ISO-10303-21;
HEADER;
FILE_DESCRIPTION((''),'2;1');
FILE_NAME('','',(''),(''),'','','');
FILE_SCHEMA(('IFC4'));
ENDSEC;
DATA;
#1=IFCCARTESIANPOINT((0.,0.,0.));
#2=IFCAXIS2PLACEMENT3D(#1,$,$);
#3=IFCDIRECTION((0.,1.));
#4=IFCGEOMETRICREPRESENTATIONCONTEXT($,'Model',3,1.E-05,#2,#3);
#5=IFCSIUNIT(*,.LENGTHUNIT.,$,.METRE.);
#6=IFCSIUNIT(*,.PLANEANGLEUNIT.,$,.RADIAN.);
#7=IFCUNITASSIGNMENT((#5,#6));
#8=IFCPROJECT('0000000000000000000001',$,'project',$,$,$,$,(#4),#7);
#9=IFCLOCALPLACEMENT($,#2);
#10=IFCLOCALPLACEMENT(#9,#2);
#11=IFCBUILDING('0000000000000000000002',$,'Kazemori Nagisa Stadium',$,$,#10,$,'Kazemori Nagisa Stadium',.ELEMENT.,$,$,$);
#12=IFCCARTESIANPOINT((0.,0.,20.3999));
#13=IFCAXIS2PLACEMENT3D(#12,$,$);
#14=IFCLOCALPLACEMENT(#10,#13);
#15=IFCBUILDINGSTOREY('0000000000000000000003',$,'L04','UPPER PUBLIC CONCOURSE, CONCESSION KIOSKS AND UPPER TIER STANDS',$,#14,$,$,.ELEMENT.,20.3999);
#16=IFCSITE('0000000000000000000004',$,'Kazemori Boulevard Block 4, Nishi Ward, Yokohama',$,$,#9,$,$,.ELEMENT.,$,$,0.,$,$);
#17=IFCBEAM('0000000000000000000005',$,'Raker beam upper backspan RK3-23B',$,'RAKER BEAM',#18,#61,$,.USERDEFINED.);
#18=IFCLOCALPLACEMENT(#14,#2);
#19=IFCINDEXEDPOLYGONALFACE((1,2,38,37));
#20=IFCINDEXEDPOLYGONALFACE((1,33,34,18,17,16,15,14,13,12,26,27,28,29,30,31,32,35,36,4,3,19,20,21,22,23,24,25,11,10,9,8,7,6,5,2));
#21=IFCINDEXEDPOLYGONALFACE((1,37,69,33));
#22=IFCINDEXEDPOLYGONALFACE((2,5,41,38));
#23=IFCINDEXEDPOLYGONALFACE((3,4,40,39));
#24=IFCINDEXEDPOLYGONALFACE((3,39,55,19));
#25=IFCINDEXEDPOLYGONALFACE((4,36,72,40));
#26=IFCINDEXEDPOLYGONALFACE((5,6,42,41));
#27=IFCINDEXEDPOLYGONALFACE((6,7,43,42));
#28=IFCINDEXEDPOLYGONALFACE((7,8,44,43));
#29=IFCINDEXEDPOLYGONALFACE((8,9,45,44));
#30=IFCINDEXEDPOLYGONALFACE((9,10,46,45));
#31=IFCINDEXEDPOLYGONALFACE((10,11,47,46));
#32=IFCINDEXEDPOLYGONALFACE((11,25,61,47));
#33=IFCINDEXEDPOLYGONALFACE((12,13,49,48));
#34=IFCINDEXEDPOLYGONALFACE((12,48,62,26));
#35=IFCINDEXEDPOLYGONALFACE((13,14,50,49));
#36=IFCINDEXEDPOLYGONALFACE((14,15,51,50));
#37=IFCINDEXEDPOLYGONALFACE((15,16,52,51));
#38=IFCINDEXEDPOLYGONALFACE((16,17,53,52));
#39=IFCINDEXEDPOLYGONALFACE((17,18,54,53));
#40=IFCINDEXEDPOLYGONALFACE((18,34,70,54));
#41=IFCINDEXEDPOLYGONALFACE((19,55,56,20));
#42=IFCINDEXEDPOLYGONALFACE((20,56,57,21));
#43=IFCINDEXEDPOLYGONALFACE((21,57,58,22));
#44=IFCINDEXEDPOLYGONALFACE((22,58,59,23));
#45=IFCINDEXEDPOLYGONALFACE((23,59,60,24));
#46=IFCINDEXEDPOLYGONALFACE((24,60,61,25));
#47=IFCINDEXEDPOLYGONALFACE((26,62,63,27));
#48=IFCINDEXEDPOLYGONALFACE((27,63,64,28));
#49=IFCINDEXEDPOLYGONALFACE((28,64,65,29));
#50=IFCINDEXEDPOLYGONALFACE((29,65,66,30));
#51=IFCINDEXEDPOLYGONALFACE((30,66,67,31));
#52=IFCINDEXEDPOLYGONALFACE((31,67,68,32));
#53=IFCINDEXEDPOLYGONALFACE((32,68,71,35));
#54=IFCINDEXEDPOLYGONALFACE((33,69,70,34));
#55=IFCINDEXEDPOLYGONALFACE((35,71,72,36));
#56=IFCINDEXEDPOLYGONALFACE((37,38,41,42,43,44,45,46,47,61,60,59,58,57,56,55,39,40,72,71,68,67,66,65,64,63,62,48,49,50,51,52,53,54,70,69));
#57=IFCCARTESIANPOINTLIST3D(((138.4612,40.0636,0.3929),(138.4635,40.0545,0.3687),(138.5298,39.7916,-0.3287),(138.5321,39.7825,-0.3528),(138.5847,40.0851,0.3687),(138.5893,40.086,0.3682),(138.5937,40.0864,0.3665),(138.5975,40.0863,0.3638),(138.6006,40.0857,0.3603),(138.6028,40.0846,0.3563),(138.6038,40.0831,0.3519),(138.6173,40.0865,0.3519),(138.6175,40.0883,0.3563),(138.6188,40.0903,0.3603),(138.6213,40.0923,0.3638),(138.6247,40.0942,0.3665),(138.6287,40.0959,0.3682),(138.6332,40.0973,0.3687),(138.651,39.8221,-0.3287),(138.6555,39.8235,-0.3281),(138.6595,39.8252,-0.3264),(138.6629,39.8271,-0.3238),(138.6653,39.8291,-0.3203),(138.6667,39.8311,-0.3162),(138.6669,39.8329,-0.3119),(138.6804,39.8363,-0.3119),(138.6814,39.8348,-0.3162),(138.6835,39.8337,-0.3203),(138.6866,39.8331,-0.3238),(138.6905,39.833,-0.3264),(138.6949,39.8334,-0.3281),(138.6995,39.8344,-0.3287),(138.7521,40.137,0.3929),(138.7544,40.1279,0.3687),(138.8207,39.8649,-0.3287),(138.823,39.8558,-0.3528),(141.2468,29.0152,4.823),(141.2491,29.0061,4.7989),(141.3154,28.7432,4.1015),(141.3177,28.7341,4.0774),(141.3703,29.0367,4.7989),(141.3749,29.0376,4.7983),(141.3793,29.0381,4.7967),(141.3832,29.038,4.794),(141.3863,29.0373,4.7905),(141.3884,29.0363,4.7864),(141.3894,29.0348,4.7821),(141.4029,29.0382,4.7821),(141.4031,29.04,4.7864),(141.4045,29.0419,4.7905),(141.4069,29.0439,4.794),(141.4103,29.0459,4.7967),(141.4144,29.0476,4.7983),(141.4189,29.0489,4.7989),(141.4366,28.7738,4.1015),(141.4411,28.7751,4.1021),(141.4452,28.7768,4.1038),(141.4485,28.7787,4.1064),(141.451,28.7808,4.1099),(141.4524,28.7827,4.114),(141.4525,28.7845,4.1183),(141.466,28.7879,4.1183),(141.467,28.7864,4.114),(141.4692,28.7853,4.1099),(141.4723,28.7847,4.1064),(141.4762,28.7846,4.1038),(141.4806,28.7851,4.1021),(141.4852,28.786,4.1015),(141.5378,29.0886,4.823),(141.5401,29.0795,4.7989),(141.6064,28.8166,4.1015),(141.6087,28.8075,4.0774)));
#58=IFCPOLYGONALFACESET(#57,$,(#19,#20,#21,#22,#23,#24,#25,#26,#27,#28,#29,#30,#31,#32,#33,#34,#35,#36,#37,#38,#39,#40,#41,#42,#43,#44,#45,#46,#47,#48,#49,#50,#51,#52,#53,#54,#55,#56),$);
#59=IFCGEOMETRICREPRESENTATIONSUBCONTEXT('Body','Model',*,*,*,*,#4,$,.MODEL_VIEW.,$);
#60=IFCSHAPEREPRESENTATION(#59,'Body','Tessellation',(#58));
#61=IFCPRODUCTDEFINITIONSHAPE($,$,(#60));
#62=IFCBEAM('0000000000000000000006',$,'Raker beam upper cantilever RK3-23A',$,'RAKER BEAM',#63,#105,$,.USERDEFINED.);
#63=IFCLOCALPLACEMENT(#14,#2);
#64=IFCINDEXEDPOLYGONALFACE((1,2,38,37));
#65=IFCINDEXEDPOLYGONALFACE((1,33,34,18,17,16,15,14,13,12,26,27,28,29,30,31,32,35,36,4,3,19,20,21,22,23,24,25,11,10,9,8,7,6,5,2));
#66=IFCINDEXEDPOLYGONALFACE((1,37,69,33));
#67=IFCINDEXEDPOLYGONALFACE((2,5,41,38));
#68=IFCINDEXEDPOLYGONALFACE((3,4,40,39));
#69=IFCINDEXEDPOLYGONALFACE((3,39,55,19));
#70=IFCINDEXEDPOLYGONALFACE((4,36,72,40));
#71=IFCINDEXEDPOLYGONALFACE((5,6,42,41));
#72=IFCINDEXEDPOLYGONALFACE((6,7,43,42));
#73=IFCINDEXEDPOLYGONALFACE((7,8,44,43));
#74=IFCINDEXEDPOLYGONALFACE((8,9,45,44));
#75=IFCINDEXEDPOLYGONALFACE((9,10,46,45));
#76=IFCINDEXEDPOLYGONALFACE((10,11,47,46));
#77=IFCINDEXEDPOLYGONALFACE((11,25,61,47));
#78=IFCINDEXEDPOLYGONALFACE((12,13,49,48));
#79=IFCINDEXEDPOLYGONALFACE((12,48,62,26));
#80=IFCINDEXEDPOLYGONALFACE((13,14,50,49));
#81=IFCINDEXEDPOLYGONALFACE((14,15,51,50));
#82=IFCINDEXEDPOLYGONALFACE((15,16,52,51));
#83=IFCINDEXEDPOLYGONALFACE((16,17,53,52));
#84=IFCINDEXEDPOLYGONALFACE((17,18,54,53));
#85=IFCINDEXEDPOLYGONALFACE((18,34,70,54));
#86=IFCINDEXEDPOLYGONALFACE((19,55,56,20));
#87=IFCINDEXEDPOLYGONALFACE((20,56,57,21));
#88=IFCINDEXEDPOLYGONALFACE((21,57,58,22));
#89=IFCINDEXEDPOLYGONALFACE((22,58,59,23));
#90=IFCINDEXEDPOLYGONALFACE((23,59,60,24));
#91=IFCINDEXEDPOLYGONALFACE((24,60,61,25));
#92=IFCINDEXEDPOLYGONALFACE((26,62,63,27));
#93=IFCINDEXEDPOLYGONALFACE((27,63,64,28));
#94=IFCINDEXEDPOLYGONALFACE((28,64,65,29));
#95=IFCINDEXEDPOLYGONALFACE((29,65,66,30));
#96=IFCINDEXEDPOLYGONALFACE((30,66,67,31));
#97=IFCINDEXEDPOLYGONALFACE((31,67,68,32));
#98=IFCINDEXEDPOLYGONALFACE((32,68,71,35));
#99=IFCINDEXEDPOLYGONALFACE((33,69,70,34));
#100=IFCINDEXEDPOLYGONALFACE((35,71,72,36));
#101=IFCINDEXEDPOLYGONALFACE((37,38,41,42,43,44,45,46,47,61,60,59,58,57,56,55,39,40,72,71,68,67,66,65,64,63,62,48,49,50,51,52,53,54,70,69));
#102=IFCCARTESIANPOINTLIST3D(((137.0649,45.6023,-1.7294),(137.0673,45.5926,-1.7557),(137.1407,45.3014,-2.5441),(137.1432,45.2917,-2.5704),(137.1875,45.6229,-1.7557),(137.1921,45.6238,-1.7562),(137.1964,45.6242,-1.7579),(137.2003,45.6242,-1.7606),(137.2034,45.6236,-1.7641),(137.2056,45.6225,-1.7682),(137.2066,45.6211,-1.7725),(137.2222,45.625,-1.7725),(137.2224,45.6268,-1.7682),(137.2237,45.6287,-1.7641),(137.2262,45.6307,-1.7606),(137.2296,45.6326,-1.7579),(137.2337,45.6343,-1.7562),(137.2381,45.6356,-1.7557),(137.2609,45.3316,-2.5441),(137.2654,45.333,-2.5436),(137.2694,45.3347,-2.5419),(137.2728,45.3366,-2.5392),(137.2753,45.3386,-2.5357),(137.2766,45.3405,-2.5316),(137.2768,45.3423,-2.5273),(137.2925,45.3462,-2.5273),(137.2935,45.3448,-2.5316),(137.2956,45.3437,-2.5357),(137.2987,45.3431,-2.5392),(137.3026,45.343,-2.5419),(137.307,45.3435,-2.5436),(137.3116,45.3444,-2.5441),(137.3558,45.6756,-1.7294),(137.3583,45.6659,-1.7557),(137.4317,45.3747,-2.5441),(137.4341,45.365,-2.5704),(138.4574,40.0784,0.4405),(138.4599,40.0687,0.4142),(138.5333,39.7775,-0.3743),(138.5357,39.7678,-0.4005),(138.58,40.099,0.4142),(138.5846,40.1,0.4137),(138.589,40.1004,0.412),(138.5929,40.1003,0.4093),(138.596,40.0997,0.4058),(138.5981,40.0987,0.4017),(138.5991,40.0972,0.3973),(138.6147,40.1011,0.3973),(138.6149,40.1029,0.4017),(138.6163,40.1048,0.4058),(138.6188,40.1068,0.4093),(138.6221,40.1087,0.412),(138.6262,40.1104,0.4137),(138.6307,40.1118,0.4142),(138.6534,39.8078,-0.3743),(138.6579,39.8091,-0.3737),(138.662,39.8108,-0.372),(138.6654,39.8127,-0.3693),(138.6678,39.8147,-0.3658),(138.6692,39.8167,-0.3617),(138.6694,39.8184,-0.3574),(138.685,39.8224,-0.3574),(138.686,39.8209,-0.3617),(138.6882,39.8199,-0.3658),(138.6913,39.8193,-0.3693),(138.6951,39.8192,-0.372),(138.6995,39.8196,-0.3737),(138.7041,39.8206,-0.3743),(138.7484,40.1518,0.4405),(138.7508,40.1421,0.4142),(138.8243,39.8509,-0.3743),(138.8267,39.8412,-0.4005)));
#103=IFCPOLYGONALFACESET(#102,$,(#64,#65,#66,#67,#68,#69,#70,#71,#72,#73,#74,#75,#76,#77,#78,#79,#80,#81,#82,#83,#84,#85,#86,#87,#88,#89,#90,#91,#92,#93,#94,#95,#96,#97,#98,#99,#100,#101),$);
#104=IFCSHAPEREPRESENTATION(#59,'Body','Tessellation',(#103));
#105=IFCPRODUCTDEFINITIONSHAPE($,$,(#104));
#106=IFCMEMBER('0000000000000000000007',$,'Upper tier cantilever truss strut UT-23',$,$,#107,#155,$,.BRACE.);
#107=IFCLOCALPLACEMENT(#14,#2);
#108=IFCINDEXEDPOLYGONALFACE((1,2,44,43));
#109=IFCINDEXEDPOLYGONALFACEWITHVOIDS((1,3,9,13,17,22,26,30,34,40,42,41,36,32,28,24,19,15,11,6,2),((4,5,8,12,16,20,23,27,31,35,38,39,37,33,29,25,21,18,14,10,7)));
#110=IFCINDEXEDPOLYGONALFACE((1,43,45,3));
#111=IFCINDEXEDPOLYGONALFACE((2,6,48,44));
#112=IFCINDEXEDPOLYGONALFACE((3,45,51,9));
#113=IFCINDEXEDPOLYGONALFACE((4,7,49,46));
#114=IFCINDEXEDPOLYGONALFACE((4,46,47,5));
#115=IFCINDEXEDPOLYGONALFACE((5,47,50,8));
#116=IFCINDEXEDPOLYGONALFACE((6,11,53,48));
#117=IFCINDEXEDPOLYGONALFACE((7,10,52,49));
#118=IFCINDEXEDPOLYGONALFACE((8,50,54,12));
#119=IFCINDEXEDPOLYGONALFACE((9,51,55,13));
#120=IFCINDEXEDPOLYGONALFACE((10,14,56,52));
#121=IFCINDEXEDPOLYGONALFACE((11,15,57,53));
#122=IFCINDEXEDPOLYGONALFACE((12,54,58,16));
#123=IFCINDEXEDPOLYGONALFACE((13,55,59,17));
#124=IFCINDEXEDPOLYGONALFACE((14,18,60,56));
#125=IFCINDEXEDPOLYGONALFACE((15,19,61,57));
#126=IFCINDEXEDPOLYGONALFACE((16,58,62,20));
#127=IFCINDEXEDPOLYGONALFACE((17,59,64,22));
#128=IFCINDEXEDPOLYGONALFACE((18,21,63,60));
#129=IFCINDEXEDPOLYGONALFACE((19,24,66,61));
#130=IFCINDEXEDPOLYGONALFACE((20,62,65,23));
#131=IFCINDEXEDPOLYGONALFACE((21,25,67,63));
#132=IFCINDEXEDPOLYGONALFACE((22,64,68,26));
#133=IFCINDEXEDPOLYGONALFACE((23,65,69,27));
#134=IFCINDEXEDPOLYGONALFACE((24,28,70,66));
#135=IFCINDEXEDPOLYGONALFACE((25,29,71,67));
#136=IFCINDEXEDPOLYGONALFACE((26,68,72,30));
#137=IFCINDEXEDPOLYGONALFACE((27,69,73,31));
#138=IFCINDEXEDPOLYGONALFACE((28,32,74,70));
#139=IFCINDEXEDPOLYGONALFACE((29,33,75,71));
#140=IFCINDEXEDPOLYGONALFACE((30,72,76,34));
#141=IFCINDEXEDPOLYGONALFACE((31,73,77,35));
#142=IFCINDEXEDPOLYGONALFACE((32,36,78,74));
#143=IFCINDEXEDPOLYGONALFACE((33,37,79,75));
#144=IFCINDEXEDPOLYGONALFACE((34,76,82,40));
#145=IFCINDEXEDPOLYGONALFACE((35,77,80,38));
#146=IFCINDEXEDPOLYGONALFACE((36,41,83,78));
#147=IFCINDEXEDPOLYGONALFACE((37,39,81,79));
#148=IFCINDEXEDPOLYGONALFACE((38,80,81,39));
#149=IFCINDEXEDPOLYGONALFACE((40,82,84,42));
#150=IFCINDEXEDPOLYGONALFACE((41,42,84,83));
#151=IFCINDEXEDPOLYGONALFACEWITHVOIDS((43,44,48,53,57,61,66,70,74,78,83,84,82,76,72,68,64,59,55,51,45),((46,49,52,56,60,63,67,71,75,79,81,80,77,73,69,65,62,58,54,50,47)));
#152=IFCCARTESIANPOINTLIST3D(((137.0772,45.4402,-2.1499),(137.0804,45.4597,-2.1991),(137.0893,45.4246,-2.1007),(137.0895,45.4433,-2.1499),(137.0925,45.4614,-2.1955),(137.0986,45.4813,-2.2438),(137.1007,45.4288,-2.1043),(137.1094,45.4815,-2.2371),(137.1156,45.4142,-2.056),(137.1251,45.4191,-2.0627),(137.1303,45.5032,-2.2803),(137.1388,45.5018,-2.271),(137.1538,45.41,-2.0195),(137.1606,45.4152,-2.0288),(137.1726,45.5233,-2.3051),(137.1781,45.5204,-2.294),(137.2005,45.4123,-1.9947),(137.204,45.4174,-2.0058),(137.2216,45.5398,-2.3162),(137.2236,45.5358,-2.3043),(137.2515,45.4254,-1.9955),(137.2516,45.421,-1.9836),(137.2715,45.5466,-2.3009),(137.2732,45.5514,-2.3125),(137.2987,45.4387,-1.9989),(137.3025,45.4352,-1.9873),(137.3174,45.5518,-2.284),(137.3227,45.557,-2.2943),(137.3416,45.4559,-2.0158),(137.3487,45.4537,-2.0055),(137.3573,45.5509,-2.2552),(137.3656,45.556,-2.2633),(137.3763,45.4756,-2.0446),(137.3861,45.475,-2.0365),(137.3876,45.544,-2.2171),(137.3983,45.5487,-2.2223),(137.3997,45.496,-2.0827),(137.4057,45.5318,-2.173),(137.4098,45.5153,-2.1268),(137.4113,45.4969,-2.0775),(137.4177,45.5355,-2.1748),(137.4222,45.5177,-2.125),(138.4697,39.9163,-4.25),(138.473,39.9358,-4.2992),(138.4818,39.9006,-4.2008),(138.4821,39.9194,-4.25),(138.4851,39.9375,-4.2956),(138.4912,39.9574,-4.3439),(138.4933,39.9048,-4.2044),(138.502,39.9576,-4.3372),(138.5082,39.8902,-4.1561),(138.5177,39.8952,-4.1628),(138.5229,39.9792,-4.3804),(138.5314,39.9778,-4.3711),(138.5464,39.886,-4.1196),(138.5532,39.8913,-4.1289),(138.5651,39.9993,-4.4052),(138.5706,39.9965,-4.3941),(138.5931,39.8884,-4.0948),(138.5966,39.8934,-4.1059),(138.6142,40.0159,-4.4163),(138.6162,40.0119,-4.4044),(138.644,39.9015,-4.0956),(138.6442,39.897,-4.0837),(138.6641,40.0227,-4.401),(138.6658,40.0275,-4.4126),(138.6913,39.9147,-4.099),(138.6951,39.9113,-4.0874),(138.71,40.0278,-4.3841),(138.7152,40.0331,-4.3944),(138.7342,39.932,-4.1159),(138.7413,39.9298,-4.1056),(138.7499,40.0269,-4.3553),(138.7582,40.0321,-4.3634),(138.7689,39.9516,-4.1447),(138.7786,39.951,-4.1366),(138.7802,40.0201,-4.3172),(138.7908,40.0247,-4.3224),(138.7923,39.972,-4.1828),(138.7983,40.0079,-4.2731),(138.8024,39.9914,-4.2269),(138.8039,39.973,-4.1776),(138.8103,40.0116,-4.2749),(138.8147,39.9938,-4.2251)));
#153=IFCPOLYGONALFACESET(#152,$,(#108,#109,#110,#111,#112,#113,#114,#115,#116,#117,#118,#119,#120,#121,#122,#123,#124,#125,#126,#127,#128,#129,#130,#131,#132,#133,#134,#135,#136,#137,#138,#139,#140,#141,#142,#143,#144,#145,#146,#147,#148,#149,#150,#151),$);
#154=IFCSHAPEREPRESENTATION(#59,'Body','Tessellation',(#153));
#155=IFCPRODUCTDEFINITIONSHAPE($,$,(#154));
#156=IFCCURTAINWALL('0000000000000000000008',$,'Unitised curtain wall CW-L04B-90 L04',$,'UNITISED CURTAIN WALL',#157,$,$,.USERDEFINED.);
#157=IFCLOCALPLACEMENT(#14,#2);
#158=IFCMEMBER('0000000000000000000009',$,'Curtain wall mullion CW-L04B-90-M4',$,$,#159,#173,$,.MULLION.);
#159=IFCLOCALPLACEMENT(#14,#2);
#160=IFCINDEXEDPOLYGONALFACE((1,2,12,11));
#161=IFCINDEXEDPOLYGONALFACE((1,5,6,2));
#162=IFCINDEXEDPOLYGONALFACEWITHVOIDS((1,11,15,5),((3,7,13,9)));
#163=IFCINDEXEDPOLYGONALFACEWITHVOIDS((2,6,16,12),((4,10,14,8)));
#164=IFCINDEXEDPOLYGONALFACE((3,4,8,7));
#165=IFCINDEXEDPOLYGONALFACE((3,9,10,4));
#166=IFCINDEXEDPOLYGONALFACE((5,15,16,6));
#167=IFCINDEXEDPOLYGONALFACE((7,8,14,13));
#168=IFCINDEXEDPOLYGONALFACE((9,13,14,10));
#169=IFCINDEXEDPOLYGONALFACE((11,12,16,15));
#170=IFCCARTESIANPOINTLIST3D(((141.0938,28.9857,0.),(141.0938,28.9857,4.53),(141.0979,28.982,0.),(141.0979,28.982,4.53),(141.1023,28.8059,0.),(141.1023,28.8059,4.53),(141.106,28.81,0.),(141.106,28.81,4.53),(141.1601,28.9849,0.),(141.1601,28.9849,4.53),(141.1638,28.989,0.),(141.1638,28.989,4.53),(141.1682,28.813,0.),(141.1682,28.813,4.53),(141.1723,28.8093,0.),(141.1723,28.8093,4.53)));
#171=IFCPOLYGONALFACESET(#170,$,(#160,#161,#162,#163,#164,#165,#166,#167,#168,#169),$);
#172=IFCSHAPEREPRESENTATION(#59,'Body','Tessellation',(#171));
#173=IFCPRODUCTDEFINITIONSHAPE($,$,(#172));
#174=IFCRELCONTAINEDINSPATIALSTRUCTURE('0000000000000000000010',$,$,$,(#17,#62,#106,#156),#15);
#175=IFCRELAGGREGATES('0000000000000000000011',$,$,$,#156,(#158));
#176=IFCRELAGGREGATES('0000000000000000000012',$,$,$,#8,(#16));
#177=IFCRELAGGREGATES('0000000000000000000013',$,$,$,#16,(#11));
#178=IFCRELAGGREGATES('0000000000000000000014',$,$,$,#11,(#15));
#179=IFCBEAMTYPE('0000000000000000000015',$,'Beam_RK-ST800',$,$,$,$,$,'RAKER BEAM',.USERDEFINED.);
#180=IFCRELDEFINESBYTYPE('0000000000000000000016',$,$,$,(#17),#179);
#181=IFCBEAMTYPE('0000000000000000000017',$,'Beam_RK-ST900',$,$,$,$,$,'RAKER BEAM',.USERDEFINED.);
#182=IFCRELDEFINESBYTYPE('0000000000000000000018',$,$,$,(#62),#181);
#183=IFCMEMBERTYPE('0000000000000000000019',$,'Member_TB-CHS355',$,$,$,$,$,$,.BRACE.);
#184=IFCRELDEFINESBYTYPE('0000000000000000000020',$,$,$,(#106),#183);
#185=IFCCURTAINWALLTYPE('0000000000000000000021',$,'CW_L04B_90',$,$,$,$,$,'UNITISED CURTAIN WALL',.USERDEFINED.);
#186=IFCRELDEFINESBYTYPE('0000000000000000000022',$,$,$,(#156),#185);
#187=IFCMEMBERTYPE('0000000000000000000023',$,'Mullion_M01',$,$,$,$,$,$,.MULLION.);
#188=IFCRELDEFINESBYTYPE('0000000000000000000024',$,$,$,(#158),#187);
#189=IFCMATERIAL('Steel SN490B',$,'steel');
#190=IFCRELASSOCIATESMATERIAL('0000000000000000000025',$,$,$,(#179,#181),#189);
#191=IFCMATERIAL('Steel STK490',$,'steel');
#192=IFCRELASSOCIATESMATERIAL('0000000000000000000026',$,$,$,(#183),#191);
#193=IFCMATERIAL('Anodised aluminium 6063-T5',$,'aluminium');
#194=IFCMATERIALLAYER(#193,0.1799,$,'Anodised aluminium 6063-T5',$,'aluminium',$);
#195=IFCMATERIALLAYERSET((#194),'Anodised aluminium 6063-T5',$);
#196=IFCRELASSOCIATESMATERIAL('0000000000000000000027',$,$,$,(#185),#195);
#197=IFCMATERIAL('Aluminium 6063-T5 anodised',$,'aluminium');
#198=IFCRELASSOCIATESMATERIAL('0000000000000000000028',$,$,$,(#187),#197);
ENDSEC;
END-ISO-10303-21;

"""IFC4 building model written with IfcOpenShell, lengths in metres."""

from ifc_helpers import new_model, si_unit, direction, frame, origin, origin_2d, place, context, subcontext, project, spatial, hollow_rectangle, hollow_circle, i_section, extrude, material, layer, layer_set, material_profile, profile_set, type_object, element, aggregate, save


model = new_model("IFC4")

# Units and contexts
model_context = context("Model", 3, precision=1e-05, world=origin(), true_north=direction((0.0, 1.0)))
body_context = subcontext(model_context, "Body", "Model", "MODEL_VIEW")
ifc_project = project(units=[si_unit("LENGTHUNIT", "METRE"), si_unit("PLANEANGLEUNIT", "RADIAN")], contexts=[model_context])

# Site, building, storey
site_placement = place(None, origin())
site = spatial("IfcSite", under=ifc_project, at=site_placement, Name="Kazemori Boulevard Block 4, Nishi Ward, Yokohama", CompositionType="ELEMENT", RefElevation=0.0)
building_placement = place(site_placement, origin())
building = spatial("IfcBuilding", under=site, at=building_placement, Name="Kazemori Nagisa Stadium", LongName="Kazemori Nagisa Stadium", CompositionType="ELEMENT")
storey_placement = place(building_placement, frame((0.0, 0.0, 20.3999)))
storey = spatial("IfcBuildingStorey", under=building, at=storey_placement, Name="L04", Description="UPPER PUBLIC CONCOURSE, CONCESSION KIOSKS AND UPPER TIER STANDS", CompositionType="ELEMENT", Elevation=20.3999)

# Beams
ifc_material_1 = material(Name="Steel SN490B", Category="steel")
ifc_material_profile_1 = material_profile(ifc_material_1, i_section(OverallWidth=0.3, OverallDepth=0.8, WebThickness=0.0139, FlangeThickness=0.0259, FilletRadius=0.0181, at=origin_2d()), Name="H-800x300x14x26")
ifc_profile_set_1 = profile_set([ifc_material_profile_1], Name="Steel SN490B")
beam_type_1 = type_object("IfcBeamType", Name="Beam_RK-ST800", ElementType="RAKER BEAM", PredefinedType="USERDEFINED", material=ifc_profile_set_1)
beam_1_placement = place(storey_placement, frame((138.6421, 39.9597, 0.02), z_axis=(0.227863, -0.903745, 0.362385), x_axis=(0.969654, 0.244481, 0.0)))
element("IfcBeam", 1, at=beam_1_placement, inside=storey, type_object=beam_type_1, Name="Raker beam upper backspan RK3-23B", ObjectType="RAKER BEAM", PredefinedType="USERDEFINED", context=body_context, shape_type="SweptSolid", body=[
    extrude(i_section(OverallWidth=0.3, OverallDepth=0.8, WebThickness=0.0139, FlangeThickness=0.0259, FilletRadius=0.0181, at=origin_2d()), origin(), (0.0, 0.0, 1.0), 12.2251),
])
ifc_material_profile_2 = material_profile(ifc_material_1, i_section(OverallWidth=0.3, OverallDepth=0.8999, WebThickness=0.0161, FlangeThickness=0.0281, FilletRadius=0.0181, at=origin_2d()), Name="H-900x300x16x28")
ifc_profile_set_2 = profile_set([ifc_material_profile_2], Name="Steel SN490B")
beam_type_2 = type_object("IfcBeamType", Name="Beam_RK-ST900", ElementType="RAKER BEAM", PredefinedType="USERDEFINED", material=ifc_profile_set_2)
beam_2_placement = place(storey_placement, frame((137.2495, 45.4836, -2.1499), z_axis=(0.22844, -0.906151, 0.355957), x_axis=(0.969662, 0.244451, 0.0)))
element("IfcBeam", 2, at=beam_2_placement, inside=storey, type_object=beam_type_2, Name="Raker beam upper cantilever RK3-23A", ObjectType="RAKER BEAM", PredefinedType="USERDEFINED", context=body_context, shape_type="SweptSolid", body=[
    extrude(i_section(OverallWidth=0.3, OverallDepth=0.8999, WebThickness=0.0161, FlangeThickness=0.0281, FilletRadius=0.0181, at=origin_2d()), origin(), (0.0, 0.0, 1.0), 6.0959),
])

# Member
ifc_material_2 = material(Name="Steel STK490", Category="steel")
ifc_material_profile_3 = material_profile(ifc_material_2, hollow_circle(Radius=0.1777, WallThickness=0.0127, at=origin_2d()), Name="CHS-355.6x12.7")
ifc_profile_set_3 = profile_set([ifc_material_profile_3], Name="Steel STK490")
member_type_1 = type_object("IfcMemberType", Name="Member_TB-CHS355", PredefinedType="BRACE", material=ifc_profile_set_3)
member_1_placement = place(storey_placement, frame((138.6421, 39.9597, -4.25), z_axis=(-0.229362, 0.909808, 0.345893), x_axis=(-0.969662, -0.244451, 0.0)))
element("IfcMember", 3, at=member_1_placement, inside=storey, type_object=member_type_1, Name="Upper tier cantilever truss strut UT-23", PredefinedType="BRACE", context=body_context, shape_type="SweptSolid", body=[
    extrude(hollow_circle(Radius=0.1777, WallThickness=0.0127, at=origin_2d()), origin(), (0.0, 0.0, 1.0), 6.0715),
])

# Curtain wall, member
ifc_material_3 = material(Name="Anodised aluminium 6063-T5", Category="aluminium")
ifc_layer_1 = layer(ifc_material_3, 0.1799, Name="Anodised aluminium 6063-T5", Category="aluminium")
ifc_layer_set_1 = layer_set([ifc_layer_1], Name="Anodised aluminium 6063-T5")
curtain_wall_type = type_object("IfcCurtainWallType", Name="CW_L04B_90", ElementType="UNITISED CURTAIN WALL", PredefinedType="USERDEFINED", material=ifc_layer_set_1)
curtain_wall_placement = place(storey_placement, origin())
curtain_wall = element("IfcCurtainWall", 4, at=curtain_wall_placement, inside=storey, type_object=curtain_wall_type, Name="Unitised curtain wall CW-L04B-90 L04", ObjectType="UNITISED CURTAIN WALL", PredefinedType="USERDEFINED")
ifc_material_4 = material(Name="Aluminium 6063-T5 anodised", Category="aluminium")
ifc_material_profile_4 = material_profile(ifc_material_4, hollow_rectangle(XDim=0.0701, YDim=0.1799, WallThickness=0.0039, at=origin_2d()), Name="ALU-MULL-70x180x4")
ifc_profile_set_4 = profile_set([ifc_material_profile_4], Name="Aluminium 6063-T5 anodised")
member_type_2 = type_object("IfcMemberType", Name="Mullion_M01", PredefinedType="MULLION", material=ifc_profile_set_4)
member_2_placement = place(storey_placement, frame((141.1331, 28.8975, 0.0), z_axis=(0.0, 0.0, 1.0), x_axis=(0.998884, 0.04723, 0.0)))
member_2 = element("IfcMember", 5, at=member_2_placement, type_object=member_type_2, Name="Curtain wall mullion CW-L04B-90-M4", PredefinedType="MULLION", context=body_context, shape_type="SweptSolid", body=[
    extrude(hollow_rectangle(XDim=0.0701, YDim=0.1799, WallThickness=0.0039, at=origin_2d()), origin(), (0.0, 0.0, 1.0), 4.53),
])
aggregate(curtain_wall, [member_2])

save(model, "model.ifc")
